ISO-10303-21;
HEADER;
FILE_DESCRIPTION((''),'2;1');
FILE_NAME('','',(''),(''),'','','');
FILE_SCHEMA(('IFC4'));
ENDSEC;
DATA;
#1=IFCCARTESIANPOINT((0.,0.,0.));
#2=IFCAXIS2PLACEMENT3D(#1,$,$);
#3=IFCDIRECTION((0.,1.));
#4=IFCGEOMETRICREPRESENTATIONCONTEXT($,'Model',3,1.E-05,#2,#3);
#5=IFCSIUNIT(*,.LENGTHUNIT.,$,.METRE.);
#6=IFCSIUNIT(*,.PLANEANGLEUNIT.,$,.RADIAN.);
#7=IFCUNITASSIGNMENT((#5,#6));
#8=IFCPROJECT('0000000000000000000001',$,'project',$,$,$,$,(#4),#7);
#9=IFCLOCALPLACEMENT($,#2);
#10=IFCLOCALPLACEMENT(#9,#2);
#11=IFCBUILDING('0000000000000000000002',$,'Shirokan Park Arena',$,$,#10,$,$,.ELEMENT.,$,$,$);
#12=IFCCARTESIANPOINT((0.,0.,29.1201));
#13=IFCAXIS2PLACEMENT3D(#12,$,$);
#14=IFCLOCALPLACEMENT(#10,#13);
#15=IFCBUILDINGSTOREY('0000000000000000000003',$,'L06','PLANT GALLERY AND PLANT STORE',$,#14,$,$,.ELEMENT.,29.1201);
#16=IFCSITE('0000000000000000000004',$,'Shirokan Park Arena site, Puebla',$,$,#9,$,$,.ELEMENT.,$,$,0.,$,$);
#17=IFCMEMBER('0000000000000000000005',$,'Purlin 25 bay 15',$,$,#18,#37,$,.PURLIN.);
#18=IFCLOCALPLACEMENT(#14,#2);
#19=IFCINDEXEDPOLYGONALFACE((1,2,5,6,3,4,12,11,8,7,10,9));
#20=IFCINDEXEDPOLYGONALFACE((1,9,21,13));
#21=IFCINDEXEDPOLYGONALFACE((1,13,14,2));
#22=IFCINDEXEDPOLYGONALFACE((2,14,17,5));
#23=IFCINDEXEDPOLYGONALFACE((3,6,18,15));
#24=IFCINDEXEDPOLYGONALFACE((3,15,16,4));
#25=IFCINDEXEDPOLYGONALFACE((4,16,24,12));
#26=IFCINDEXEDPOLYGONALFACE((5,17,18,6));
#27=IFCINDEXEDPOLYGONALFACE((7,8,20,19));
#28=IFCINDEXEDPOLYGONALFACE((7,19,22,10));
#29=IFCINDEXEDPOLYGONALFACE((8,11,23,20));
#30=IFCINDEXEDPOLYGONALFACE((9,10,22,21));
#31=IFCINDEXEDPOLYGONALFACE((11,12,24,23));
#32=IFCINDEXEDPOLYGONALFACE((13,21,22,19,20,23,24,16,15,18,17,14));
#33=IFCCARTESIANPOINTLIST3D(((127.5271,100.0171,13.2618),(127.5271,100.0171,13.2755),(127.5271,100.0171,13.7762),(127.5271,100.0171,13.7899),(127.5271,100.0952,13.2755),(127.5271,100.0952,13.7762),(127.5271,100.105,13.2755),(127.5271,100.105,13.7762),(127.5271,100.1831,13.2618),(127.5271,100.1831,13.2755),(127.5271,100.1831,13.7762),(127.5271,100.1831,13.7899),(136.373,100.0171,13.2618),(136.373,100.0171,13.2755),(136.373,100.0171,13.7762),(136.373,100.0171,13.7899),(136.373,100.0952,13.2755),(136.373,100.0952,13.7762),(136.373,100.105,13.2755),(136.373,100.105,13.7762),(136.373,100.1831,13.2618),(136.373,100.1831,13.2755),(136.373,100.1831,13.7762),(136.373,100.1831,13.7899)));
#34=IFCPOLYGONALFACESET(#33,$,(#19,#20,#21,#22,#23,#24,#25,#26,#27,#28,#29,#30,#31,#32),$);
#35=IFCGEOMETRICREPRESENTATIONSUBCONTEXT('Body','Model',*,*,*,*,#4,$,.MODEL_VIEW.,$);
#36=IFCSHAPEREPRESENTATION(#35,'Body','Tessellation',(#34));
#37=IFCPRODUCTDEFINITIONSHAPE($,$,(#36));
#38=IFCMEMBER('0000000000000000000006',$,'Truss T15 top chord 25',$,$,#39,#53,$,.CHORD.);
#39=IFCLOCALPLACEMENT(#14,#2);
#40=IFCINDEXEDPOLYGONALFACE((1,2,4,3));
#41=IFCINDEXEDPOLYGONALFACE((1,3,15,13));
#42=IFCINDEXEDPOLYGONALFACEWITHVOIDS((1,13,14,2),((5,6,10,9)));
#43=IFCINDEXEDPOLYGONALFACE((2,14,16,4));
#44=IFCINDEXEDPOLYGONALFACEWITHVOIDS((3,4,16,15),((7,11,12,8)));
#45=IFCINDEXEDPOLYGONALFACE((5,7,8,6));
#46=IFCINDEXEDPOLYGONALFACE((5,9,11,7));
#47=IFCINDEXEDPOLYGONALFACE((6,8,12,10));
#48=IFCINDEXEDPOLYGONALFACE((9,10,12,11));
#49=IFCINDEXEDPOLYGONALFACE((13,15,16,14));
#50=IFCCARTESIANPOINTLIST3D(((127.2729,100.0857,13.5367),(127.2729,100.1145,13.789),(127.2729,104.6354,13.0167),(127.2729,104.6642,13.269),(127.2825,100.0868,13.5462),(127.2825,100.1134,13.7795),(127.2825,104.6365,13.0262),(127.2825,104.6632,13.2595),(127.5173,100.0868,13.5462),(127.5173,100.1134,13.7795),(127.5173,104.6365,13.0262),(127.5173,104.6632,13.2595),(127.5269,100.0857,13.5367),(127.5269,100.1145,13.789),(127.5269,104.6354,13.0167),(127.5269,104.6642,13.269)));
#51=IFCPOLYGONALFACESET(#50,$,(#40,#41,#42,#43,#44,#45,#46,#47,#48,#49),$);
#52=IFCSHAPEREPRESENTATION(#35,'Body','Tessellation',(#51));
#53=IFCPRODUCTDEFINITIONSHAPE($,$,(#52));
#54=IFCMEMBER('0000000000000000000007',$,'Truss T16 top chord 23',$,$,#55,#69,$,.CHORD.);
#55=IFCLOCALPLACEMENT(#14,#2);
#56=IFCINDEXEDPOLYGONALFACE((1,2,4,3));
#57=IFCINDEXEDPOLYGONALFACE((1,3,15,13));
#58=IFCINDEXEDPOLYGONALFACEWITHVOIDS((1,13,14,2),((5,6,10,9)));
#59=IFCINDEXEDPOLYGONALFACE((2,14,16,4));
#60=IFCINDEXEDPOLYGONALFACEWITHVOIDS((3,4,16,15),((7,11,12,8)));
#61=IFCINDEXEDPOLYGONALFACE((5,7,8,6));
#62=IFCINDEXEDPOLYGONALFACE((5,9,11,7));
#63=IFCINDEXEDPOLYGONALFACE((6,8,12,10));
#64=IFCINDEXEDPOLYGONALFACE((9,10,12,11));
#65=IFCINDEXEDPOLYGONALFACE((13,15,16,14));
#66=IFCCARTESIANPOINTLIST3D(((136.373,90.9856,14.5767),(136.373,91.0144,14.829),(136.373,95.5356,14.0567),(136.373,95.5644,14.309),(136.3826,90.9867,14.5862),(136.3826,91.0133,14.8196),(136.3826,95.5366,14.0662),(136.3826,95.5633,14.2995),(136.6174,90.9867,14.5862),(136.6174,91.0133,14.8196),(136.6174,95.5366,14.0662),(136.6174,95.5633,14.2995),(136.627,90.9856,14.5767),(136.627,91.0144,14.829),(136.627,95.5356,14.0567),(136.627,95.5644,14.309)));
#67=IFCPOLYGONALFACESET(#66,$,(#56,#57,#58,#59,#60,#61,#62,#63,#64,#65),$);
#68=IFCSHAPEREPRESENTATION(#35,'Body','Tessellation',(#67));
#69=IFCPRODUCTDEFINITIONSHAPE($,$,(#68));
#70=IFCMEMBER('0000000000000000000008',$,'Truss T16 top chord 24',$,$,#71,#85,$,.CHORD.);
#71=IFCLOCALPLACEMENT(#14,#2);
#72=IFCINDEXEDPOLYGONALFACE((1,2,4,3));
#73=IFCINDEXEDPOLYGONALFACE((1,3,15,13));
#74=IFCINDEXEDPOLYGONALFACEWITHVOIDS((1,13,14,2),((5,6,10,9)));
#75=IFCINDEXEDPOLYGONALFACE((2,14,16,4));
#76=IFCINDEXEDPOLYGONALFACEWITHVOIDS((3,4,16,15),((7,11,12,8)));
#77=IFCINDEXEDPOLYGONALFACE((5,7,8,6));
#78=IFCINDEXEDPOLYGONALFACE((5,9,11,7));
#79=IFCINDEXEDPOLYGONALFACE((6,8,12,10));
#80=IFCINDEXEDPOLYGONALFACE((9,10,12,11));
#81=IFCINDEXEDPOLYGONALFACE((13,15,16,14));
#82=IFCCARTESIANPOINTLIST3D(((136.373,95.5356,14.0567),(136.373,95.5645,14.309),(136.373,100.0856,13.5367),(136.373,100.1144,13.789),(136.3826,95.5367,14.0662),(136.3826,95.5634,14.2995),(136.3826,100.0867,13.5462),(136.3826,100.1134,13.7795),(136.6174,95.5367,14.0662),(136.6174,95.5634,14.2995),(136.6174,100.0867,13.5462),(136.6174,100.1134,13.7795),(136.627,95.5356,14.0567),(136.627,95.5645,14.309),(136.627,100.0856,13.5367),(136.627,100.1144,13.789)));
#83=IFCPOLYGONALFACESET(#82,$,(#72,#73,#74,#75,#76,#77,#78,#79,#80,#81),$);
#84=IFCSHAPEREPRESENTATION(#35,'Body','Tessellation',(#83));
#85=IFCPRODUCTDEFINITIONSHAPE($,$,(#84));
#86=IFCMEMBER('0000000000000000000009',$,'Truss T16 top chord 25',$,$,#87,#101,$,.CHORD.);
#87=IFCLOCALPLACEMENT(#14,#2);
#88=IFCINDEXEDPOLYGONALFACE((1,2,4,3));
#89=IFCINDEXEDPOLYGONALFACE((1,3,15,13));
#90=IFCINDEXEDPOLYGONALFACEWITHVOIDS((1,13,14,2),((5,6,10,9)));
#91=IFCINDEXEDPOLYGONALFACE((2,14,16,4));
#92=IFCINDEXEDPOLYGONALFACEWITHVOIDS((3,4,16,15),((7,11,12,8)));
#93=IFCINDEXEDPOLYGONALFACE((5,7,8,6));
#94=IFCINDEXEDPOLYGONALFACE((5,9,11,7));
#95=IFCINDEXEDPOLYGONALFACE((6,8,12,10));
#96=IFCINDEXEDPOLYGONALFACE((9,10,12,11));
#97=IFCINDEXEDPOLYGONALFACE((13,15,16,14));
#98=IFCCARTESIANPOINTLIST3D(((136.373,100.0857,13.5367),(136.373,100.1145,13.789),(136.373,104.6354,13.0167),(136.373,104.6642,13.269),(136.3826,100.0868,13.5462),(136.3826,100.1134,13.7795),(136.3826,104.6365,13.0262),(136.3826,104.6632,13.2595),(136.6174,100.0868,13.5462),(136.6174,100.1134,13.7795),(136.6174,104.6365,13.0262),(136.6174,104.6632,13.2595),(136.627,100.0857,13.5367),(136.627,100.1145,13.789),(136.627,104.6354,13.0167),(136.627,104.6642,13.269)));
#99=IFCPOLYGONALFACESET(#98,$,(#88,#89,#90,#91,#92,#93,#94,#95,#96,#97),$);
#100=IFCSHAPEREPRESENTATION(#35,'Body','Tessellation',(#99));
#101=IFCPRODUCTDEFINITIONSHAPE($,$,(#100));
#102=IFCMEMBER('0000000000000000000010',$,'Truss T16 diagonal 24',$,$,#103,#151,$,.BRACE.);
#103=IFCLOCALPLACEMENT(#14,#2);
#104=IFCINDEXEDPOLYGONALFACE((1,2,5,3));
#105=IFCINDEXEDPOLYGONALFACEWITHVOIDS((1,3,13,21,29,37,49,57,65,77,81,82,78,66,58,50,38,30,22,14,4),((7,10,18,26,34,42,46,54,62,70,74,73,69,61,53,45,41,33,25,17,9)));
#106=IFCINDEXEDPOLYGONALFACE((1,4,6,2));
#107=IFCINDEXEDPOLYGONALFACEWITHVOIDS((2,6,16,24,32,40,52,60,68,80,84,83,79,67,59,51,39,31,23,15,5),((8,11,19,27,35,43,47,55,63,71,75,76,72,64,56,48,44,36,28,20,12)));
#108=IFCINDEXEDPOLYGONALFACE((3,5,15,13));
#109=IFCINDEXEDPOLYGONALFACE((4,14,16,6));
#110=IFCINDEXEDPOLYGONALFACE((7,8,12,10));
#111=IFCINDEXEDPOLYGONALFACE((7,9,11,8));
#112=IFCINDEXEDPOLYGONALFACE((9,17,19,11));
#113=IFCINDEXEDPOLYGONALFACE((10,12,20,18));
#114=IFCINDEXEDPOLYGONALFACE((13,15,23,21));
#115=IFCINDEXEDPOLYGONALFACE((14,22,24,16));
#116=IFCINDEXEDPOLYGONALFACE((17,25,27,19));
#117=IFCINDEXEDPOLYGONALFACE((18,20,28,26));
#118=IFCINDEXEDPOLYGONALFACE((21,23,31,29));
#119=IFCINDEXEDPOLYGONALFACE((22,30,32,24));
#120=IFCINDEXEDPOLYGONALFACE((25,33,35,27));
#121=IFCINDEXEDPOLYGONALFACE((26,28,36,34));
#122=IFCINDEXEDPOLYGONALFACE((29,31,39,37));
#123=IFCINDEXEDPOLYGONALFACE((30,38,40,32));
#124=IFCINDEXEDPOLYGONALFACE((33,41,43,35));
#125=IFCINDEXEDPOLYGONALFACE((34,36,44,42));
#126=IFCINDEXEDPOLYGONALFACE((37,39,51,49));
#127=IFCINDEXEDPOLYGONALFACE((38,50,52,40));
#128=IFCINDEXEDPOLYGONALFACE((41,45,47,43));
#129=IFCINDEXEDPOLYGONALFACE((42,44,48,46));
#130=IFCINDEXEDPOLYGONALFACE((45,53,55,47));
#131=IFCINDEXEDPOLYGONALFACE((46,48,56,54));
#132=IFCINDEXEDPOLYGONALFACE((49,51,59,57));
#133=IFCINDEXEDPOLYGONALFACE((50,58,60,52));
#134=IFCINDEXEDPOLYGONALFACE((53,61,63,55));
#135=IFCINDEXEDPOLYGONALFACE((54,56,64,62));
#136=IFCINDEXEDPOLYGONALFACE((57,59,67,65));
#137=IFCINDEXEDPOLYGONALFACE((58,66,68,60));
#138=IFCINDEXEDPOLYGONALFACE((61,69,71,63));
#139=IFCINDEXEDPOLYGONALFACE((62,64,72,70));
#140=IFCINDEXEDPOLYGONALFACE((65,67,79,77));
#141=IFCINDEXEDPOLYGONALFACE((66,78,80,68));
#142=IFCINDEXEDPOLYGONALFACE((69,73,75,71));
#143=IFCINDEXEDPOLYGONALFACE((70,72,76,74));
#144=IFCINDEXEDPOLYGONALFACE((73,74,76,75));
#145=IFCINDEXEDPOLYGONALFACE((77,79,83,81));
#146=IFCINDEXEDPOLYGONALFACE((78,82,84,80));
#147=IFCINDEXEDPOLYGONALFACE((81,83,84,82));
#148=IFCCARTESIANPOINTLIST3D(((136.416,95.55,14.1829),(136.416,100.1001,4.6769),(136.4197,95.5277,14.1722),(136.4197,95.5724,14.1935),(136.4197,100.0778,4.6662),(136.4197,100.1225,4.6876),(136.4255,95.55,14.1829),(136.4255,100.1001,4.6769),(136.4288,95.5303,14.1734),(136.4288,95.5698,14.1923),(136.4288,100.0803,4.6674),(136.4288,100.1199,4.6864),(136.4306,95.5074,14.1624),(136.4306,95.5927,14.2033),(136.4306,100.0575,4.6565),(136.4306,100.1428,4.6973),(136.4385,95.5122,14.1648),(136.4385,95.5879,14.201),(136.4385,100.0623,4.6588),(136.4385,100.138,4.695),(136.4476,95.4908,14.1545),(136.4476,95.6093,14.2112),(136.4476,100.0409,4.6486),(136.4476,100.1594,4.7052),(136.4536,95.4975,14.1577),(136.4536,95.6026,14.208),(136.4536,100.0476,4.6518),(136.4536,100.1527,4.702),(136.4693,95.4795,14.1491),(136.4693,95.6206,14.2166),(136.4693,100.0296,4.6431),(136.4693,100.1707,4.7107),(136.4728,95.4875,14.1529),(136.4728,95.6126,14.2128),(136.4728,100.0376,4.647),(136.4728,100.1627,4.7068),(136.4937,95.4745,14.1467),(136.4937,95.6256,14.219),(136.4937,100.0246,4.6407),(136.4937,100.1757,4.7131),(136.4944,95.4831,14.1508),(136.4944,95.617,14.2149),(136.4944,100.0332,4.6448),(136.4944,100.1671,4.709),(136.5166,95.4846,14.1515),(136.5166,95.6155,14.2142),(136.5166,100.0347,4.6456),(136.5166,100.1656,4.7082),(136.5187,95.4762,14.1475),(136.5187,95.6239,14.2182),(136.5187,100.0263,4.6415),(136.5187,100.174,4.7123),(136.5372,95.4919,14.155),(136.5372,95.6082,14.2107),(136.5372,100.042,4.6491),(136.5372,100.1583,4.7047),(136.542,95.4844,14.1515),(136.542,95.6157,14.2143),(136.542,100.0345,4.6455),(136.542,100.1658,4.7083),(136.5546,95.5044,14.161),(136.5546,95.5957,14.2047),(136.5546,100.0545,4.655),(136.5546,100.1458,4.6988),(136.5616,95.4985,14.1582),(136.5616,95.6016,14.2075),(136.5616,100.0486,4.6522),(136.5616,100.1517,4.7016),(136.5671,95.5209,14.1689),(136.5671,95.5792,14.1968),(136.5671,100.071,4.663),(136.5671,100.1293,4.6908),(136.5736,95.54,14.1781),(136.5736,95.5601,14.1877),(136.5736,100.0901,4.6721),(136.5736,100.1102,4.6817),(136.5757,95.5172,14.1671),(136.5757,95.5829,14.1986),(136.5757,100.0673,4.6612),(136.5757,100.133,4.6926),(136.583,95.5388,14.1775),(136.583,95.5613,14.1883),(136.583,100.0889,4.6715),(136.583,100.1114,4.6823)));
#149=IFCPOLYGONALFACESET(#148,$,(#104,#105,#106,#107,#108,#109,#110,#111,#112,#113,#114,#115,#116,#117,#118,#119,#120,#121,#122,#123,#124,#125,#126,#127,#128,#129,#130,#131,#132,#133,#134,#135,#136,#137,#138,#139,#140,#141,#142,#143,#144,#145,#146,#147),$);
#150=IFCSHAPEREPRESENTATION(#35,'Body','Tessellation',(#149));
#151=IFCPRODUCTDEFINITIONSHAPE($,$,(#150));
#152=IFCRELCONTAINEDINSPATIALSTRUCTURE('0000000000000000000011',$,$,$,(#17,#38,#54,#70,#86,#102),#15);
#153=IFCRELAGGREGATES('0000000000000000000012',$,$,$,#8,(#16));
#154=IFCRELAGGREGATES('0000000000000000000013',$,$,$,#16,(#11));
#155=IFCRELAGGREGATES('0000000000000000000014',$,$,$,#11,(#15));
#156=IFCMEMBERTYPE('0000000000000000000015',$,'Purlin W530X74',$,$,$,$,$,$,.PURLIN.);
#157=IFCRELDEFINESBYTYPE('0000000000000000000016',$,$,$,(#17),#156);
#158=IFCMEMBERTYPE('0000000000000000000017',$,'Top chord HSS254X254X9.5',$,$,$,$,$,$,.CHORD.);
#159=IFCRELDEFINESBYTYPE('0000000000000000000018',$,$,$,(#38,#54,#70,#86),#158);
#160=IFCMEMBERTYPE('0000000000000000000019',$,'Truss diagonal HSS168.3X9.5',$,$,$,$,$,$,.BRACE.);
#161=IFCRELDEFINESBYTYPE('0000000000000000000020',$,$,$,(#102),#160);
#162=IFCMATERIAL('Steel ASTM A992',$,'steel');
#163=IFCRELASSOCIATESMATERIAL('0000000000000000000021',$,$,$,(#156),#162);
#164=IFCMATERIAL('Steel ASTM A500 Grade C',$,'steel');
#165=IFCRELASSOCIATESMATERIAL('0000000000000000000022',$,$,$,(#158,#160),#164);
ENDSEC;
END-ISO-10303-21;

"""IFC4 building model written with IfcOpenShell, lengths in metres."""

from ifc_helpers import new_model, si_unit, direction, frame, origin, origin_2d, place, context, subcontext, project, spatial, hollow_rectangle, hollow_circle, i_section, extrude, material, material_profile, profile_set, type_object, element, save


model = new_model("IFC4")

# Units and contexts
model_context = context("Model", 3, precision=1e-05, world=origin(), true_north=direction((0.0, 1.0)))
body_context = subcontext(model_context, "Body", "Model", "MODEL_VIEW")
ifc_project = project(units=[si_unit("LENGTHUNIT", "METRE"), si_unit("PLANEANGLEUNIT", "RADIAN")], contexts=[model_context])

# Site, building, storey
site_placement = place(None, origin())
site = spatial("IfcSite", under=ifc_project, at=site_placement, Name="Shirokan Park Arena site, Puebla", CompositionType="ELEMENT", RefElevation=0.0)
building_placement = place(site_placement, origin())
building = spatial("IfcBuilding", under=site, at=building_placement, Name="Shirokan Park Arena", CompositionType="ELEMENT")
storey_placement = place(building_placement, frame((0.0, 0.0, 29.1201)))
storey = spatial("IfcBuildingStorey", under=building, at=storey_placement, Name="L06", Description="PLANT GALLERY AND PLANT STORE", CompositionType="ELEMENT", Elevation=29.1201)

# Members
ifc_material_1 = material(Name="Steel ASTM A500 Grade C", Category="steel")
ifc_material_2 = material(Name="Steel ASTM A992", Category="steel")
ifc_material_profile_1 = material_profile(ifc_material_2, i_section(OverallWidth=0.166, OverallDepth=0.5281, WebThickness=0.0098, FlangeThickness=0.0137, at=origin_2d()), Name="W530X74")
ifc_profile_set_1 = profile_set([ifc_material_profile_1], Name="Steel ASTM A992")
member_type_1 = type_object("IfcMemberType", Name="Purlin W530X74", PredefinedType="PURLIN", material=ifc_profile_set_1)
for number, where, z_axis, x_axis, name in (
    (1, (127.5271, 100.1001, 13.5259), (1.0, 0.0, 0.0), (0.0, 1.0, 0.0), "Purlin 25 bay 15"),
):
    element("IfcMember", number, at=place(storey_placement, frame(where, z_axis=z_axis, x_axis=x_axis)), inside=storey, type_object=member_type_1, Name=name, PredefinedType="PURLIN", context=body_context, shape_type="SweptSolid", body=[
        extrude(i_section(OverallWidth=0.166, OverallDepth=0.5281, WebThickness=0.0098, FlangeThickness=0.0137, at=origin_2d()), origin(), (0.0, 0.0, 1.0), 8.8459),
    ])
ifc_material_profile_2 = material_profile(ifc_material_1, hollow_rectangle(XDim=0.2539, YDim=0.2539, WallThickness=0.0095, at=origin_2d()), Name="HSS254X254X9.5")
ifc_profile_set_2 = profile_set([ifc_material_profile_2], Name="Steel ASTM A500 Grade C")
member_type_2 = type_object("IfcMemberType", Name="Top chord HSS254X254X9.5", PredefinedType="CHORD", material=ifc_profile_set_2)
member_1_placement = place(storey_placement, frame((127.3999, 100.1001, 13.6628), z_axis=(0.0, 0.993532, -0.113556), x_axis=(-1.0, 0.0, 0.0)))
element("IfcMember", 2, at=member_1_placement, inside=storey, type_object=member_type_2, Name="Truss T15 top chord 25", PredefinedType="CHORD", context=body_context, shape_type="SweptSolid", body=[
    extrude(hollow_rectangle(XDim=0.2539, YDim=0.2539, WallThickness=0.0095, at=origin_2d()), origin(), (0.0, 0.0, 1.0), 4.5793),
])
for number, where, z_axis, x_axis, name in (
    (3, (136.5, 91.0, 14.7029), (0.0, 0.993532, -0.11355), (-1.0, 0.0, 0.0), "Truss T16 top chord 23"),
    (4, (136.5, 95.55, 14.1829), (0.0, 0.993532, -0.11355), (-1.0, 0.0, 0.0), "Truss T16 top chord 24"),
):
    element("IfcMember", number, at=place(storey_placement, frame(where, z_axis=z_axis, x_axis=x_axis)), inside=storey, type_object=member_type_2, Name=name, PredefinedType="CHORD", context=body_context, shape_type="SweptSolid", body=[
        extrude(hollow_rectangle(XDim=0.2539, YDim=0.2539, WallThickness=0.0095, at=origin_2d()), origin(), (0.0, 0.0, 1.0), 4.5796),
    ])
member_2_placement = place(storey_placement, frame((136.5, 100.1001, 13.6628), z_axis=(0.0, 0.993532, -0.113556), x_axis=(-1.0, 0.0, 0.0)))
element("IfcMember", 5, at=member_2_placement, inside=storey, type_object=member_type_2, Name="Truss T16 top chord 25", PredefinedType="CHORD", context=body_context, shape_type="SweptSolid", body=[
    extrude(hollow_rectangle(XDim=0.2539, YDim=0.2539, WallThickness=0.0095, at=origin_2d()), origin(), (0.0, 0.0, 1.0), 4.5793),
])
ifc_material_profile_3 = material_profile(ifc_material_1, hollow_circle(Radius=0.084, WallThickness=0.0095, at=origin_2d()), Name="HSS168.3X9.5")
ifc_profile_set_3 = profile_set([ifc_material_profile_3], Name="Steel ASTM A500 Grade C")
member_type_3 = type_object("IfcMemberType", Name="Truss diagonal HSS168.3X9.5", PredefinedType="BRACE", material=ifc_profile_set_3)
member_3_placement = place(storey_placement, frame((136.5, 95.55, 14.1829), z_axis=(0.0, 0.431746, -0.901995), x_axis=(-1.0, 0.0, 0.0)))
element("IfcMember", 6, at=member_3_placement, inside=storey, type_object=member_type_3, Name="Truss T16 diagonal 24", PredefinedType="BRACE", context=body_context, shape_type="SweptSolid", body=[
    extrude(hollow_circle(Radius=0.084, WallThickness=0.0095, at=origin_2d()), origin(), (0.0, 0.0, 1.0), 10.5388),
])

save(model, "model.ifc")
